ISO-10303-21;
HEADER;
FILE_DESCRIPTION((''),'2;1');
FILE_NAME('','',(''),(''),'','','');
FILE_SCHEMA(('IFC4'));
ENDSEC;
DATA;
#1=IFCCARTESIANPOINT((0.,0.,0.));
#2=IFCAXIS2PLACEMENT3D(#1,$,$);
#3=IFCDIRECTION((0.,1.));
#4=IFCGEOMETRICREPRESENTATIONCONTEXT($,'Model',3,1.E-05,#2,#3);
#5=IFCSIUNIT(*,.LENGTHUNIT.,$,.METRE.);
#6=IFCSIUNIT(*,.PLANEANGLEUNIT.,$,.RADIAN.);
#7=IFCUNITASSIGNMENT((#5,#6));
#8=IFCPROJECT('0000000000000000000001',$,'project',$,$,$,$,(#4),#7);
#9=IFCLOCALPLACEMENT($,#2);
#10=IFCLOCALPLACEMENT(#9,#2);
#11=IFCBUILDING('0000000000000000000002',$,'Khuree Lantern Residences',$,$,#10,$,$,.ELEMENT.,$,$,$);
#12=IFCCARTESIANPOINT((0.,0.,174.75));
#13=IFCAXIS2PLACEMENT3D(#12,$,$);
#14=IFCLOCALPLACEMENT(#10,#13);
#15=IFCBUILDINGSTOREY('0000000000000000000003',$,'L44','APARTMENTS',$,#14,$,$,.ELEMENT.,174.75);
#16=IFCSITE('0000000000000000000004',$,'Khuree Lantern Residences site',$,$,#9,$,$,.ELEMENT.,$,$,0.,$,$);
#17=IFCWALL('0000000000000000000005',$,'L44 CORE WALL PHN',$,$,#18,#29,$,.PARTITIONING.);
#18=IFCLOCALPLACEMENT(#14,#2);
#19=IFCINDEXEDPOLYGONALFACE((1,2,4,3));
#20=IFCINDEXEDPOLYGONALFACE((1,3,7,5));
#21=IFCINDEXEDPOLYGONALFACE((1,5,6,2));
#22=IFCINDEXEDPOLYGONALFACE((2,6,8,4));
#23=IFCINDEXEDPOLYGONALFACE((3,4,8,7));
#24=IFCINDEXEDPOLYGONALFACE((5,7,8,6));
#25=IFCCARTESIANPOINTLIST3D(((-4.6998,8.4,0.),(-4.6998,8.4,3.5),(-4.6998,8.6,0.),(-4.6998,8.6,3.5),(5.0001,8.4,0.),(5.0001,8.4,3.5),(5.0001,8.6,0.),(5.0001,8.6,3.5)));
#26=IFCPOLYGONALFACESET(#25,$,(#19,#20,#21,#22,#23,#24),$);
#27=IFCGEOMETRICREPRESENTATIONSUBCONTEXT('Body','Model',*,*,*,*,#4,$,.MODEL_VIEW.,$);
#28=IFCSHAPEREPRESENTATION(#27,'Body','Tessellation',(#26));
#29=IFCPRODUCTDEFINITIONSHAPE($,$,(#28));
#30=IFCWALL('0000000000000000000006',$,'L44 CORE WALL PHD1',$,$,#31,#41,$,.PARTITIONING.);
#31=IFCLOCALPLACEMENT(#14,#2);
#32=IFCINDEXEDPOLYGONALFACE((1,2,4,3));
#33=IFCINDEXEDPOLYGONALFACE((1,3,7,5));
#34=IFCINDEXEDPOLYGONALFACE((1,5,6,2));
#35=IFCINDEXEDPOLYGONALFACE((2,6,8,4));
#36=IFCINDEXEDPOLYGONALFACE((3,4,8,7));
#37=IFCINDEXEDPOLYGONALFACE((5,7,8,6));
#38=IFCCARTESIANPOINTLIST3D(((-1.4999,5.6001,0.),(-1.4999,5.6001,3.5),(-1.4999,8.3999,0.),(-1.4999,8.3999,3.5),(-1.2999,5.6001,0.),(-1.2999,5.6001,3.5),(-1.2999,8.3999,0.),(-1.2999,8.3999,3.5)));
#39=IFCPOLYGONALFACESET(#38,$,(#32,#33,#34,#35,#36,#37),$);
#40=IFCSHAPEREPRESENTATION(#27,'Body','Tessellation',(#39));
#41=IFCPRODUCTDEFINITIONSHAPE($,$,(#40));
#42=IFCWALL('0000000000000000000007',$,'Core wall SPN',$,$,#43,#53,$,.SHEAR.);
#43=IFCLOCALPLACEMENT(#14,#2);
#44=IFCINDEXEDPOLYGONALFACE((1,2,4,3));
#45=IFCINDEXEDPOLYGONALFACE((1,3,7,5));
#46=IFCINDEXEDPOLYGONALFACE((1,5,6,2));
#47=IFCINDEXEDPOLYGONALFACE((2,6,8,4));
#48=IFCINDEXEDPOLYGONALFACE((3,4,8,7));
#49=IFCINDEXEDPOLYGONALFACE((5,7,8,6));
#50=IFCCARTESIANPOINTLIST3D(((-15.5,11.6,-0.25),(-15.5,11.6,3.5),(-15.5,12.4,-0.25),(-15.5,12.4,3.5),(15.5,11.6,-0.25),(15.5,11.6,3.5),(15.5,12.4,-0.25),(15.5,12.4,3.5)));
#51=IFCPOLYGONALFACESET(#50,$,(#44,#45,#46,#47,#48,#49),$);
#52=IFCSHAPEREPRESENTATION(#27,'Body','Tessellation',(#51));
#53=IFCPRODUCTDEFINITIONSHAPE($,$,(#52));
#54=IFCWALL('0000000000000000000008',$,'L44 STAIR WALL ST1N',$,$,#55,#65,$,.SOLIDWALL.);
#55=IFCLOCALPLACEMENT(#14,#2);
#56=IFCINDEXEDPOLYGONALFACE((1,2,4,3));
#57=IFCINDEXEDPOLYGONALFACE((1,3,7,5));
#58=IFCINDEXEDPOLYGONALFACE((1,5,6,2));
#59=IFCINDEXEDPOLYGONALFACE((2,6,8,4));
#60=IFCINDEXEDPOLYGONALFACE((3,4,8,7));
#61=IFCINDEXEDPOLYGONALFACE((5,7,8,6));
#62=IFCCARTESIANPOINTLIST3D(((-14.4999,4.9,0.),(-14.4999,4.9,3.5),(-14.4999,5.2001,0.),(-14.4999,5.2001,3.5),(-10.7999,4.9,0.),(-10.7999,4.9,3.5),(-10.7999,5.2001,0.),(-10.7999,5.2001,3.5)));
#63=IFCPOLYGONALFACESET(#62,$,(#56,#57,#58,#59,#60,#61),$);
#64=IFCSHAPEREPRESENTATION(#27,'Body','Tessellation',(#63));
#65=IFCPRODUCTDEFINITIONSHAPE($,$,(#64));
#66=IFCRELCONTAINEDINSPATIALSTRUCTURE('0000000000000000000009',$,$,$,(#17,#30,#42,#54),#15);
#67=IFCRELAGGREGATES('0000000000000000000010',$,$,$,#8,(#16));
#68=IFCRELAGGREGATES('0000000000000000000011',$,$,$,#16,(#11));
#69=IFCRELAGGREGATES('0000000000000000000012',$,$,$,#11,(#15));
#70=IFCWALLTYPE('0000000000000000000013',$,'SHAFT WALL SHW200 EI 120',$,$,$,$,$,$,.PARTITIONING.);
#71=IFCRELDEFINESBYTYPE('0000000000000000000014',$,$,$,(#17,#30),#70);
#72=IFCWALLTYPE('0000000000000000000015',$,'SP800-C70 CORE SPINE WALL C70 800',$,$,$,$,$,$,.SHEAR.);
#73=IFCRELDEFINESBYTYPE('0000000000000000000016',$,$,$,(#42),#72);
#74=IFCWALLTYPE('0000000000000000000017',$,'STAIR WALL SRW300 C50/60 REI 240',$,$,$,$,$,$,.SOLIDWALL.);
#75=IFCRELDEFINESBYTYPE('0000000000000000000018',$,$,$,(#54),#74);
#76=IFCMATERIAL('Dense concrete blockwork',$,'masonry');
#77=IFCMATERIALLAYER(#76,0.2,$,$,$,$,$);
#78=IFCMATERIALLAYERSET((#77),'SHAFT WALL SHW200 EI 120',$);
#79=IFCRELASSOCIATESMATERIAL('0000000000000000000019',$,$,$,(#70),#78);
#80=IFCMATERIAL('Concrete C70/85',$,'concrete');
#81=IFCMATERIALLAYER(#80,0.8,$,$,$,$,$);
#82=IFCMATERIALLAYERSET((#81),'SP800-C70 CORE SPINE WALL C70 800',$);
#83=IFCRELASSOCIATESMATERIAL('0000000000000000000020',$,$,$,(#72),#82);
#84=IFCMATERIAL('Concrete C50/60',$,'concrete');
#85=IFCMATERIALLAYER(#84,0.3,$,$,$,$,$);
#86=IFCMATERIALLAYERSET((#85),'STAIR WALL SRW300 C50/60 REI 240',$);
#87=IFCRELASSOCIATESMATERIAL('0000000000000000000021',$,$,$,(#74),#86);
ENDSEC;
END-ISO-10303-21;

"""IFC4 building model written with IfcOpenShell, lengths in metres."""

from ifc_helpers import new_model, si_unit, direction, frame, frame_2d, origin, place, context, subcontext, project, spatial, rectangle, extrude, material, layer, layer_set, type_object, element, save


model = new_model("IFC4")

# Units and contexts
model_context = context("Model", 3, precision=1e-05, world=origin(), true_north=direction((0.0, 1.0)))
body_context = subcontext(model_context, "Body", "Model", "MODEL_VIEW")
ifc_project = project(units=[si_unit("LENGTHUNIT", "METRE"), si_unit("PLANEANGLEUNIT", "RADIAN")], contexts=[model_context])

# Site, building, storey
site_placement = place(None, origin())
site = spatial("IfcSite", under=ifc_project, at=site_placement, Name="Khuree Lantern Residences site", CompositionType="ELEMENT", RefElevation=0.0)
building_placement = place(site_placement, origin())
building = spatial("IfcBuilding", under=site, at=building_placement, Name="Khuree Lantern Residences", CompositionType="ELEMENT")
storey_placement = place(building_placement, frame((0.0, 0.0, 174.75)))
storey = spatial("IfcBuildingStorey", under=building, at=storey_placement, Name="L44", Description="APARTMENTS", CompositionType="ELEMENT", Elevation=174.75)

# Shared definitions
ifc_material_1 = material(Name="Concrete C70/85", Category="concrete")

# Shared definitions
ifc_material_2 = material(Name="Dense concrete blockwork", Category="masonry")

# Walls
ifc_layer_1 = layer(ifc_material_2, 0.2)
ifc_layer_set_1 = layer_set([ifc_layer_1], Name="SHAFT WALL SHW200 EI 120")
wall_type_1 = type_object("IfcWallType", Name="SHAFT WALL SHW200 EI 120", PredefinedType="PARTITIONING", material=ifc_layer_set_1)
wall_1_placement = place(storey_placement, frame((-4.7, 8.5, 0.0), z_axis=(0.0, 0.0, 1.0), x_axis=(1.0, 0.0, 0.0)))
element("IfcWall", 1, at=wall_1_placement, inside=storey, type_object=wall_type_1, Name="L44 CORE WALL PHN", PredefinedType="PARTITIONING", context=body_context, shape_type="SweptSolid", body=[
    extrude(rectangle(XDim=9.7, YDim=0.2, at=frame_2d((4.8501, 0.0))), origin(), (0.0, 0.0, 1.0), 3.5),
])
wall_2_placement = place(storey_placement, frame((-1.3999, 5.6001, 0.0), z_axis=(0.0, 0.0, 1.0), x_axis=(0.0, 1.0, 0.0)))
element("IfcWall", 2, at=wall_2_placement, inside=storey, type_object=wall_type_1, Name="L44 CORE WALL PHD1", PredefinedType="PARTITIONING", context=body_context, shape_type="SweptSolid", body=[
    extrude(rectangle(XDim=2.7998, YDim=0.2, at=frame_2d((1.3999, 0.0))), origin(), (0.0, 0.0, 1.0), 3.5),
])
ifc_layer_2 = layer(ifc_material_1, 0.8)
ifc_layer_set_2 = layer_set([ifc_layer_2], Name="SP800-C70 CORE SPINE WALL C70 800")
wall_type_2 = type_object("IfcWallType", Name="SP800-C70 CORE SPINE WALL C70 800", PredefinedType="SHEAR", material=ifc_layer_set_2)
wall_3_placement = place(storey_placement, frame((-15.5, 12.0, -0.25), z_axis=(0.0, 0.0, 1.0), x_axis=(1.0, 0.0, 0.0)))
element("IfcWall", 3, at=wall_3_placement, inside=storey, type_object=wall_type_2, Name="Core wall SPN", PredefinedType="SHEAR", context=body_context, shape_type="SweptSolid", body=[
    extrude(rectangle(XDim=31.0, YDim=0.8, at=frame_2d((15.5, 0.0))), origin(), (0.0, 0.0, 1.0), 3.75),
])
ifc_material_3 = material(Name="Concrete C50/60", Category="concrete")
ifc_layer_3 = layer(ifc_material_3, 0.3)
ifc_layer_set_3 = layer_set([ifc_layer_3], Name="STAIR WALL SRW300 C50/60 REI 240")
wall_type_3 = type_object("IfcWallType", Name="STAIR WALL SRW300 C50/60 REI 240", PredefinedType="SOLIDWALL", material=ifc_layer_set_3)
wall_4_placement = place(storey_placement, frame((-14.5, 5.05, 0.0), z_axis=(0.0, 0.0, 1.0), x_axis=(1.0, 0.0, 0.0)))
element("IfcWall", 4, at=wall_4_placement, inside=storey, type_object=wall_type_3, Name="L44 STAIR WALL ST1N", PredefinedType="SOLIDWALL", context=body_context, shape_type="SweptSolid", body=[
    extrude(rectangle(XDim=3.7, YDim=0.3, at=frame_2d((1.8501, 0.0))), origin(), (0.0, 0.0, 1.0), 3.5),
])

save(model, "model.ifc")
